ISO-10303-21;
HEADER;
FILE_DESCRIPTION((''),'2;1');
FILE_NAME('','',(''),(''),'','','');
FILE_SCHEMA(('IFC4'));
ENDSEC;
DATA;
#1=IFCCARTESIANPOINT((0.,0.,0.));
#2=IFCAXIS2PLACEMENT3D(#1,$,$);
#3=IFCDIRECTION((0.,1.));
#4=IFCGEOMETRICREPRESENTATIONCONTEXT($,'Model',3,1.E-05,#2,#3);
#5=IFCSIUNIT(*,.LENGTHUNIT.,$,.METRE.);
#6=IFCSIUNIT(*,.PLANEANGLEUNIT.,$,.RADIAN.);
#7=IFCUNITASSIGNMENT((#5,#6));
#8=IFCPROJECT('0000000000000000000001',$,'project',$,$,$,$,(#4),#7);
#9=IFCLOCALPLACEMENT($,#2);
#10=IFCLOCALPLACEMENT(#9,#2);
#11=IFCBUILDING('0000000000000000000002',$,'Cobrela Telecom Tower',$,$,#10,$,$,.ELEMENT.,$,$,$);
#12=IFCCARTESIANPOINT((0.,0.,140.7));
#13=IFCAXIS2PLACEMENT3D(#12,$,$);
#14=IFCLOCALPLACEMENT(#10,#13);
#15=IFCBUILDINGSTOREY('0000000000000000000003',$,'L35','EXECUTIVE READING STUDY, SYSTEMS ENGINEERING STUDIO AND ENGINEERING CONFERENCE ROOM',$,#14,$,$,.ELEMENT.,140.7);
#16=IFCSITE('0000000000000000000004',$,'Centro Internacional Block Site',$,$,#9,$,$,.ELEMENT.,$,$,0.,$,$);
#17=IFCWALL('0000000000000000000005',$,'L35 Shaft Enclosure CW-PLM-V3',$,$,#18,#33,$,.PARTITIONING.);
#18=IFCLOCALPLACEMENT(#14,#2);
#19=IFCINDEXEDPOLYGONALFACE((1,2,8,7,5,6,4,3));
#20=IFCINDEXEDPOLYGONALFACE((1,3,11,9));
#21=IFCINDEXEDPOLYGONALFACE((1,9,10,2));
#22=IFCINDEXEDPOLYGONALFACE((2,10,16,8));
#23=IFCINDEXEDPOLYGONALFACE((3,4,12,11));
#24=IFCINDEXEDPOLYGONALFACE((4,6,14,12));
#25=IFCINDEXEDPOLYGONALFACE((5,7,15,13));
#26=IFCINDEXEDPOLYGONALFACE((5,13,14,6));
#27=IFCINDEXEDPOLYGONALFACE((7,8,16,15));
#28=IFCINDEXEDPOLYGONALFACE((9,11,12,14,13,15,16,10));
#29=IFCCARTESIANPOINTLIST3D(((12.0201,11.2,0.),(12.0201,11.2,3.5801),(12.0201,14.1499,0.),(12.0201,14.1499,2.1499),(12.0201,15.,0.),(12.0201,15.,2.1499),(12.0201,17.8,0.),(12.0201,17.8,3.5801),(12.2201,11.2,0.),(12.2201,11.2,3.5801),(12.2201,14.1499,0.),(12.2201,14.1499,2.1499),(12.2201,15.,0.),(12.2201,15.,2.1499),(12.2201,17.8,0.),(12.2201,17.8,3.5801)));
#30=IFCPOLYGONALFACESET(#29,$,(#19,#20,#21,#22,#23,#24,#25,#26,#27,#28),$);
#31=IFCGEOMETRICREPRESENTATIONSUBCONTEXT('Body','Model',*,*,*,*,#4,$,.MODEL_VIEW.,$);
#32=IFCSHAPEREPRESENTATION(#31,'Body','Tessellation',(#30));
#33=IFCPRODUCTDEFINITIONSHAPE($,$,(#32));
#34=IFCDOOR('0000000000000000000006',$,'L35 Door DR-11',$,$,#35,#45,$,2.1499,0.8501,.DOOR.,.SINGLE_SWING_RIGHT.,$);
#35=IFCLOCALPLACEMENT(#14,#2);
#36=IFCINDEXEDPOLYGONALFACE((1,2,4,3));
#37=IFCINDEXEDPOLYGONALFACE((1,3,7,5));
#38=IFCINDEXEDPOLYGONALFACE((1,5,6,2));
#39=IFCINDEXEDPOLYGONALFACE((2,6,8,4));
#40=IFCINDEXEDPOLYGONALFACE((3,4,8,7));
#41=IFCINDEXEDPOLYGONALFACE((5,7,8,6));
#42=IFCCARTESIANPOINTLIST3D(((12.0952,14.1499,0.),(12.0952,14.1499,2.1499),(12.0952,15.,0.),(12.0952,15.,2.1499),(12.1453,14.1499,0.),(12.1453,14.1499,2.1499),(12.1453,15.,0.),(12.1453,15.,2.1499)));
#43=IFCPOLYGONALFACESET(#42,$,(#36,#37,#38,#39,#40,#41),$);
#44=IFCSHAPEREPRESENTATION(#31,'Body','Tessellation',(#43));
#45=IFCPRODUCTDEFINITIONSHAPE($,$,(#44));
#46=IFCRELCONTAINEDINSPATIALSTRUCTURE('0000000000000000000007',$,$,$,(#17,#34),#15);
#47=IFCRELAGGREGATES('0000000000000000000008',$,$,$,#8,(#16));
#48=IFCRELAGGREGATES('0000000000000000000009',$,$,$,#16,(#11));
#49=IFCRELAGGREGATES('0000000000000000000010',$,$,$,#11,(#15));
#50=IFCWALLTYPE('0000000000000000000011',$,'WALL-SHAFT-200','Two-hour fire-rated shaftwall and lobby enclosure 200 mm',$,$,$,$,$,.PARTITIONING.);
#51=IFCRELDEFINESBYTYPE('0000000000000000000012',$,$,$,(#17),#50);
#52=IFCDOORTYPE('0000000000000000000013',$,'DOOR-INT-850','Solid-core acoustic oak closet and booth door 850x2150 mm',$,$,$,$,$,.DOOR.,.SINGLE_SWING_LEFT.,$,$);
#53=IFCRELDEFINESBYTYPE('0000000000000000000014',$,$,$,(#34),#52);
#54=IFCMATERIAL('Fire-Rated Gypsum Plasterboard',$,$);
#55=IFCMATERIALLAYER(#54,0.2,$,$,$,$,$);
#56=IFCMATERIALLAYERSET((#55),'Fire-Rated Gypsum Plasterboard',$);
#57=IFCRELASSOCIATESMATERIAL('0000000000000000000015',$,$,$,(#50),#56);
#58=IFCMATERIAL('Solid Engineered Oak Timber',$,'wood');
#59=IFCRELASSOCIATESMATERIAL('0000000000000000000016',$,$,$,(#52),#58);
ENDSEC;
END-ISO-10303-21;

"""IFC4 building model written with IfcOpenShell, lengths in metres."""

from ifc_helpers import new_model, si_unit, direction, frame, frame_2d, origin, place, context, subcontext, project, spatial, rectangle, extrude, material, layer, layer_set, type_object, element, fill, save


model = new_model("IFC4")

# Units and contexts
model_context = context("Model", 3, precision=1e-05, world=origin(), true_north=direction((0.0, 1.0)))
body_context = subcontext(model_context, "Body", "Model", "MODEL_VIEW")
ifc_project = project(units=[si_unit("LENGTHUNIT", "METRE"), si_unit("PLANEANGLEUNIT", "RADIAN")], contexts=[model_context])

# Site, building, storey
site_placement = place(None, origin())
site = spatial("IfcSite", under=ifc_project, at=site_placement, Name="Centro Internacional Block Site", CompositionType="ELEMENT", RefElevation=0.0)
building_placement = place(site_placement, origin())
building = spatial("IfcBuilding", under=site, at=building_placement, Name="Cobrela Telecom Tower", CompositionType="ELEMENT")
storey_placement = place(building_placement, frame((0.0, 0.0, 140.7)))
storey = spatial("IfcBuildingStorey", under=building, at=storey_placement, Name="L35", Description="EXECUTIVE READING STUDY, SYSTEMS ENGINEERING STUDIO AND ENGINEERING CONFERENCE ROOM", CompositionType="ELEMENT", Elevation=140.7)

# Shared definitions
ifc_material_1 = material(Name="Fire-Rated Gypsum Plasterboard")

# Shared definitions
ifc_material_2 = material(Name="Solid Engineered Oak Timber", Category="wood")

# Shared definitions
ifc_layer_1 = layer(ifc_material_1, 0.2)
ifc_layer_set_1 = layer_set([ifc_layer_1], Name="Fire-Rated Gypsum Plasterboard")
wall_type_1 = type_object("IfcWallType", Name="WALL-SHAFT-200", Description="Two-hour fire-rated shaftwall and lobby enclosure 200 mm", PredefinedType="PARTITIONING", material=ifc_layer_set_1)

# Wall, opening, door
wall_1_placement = place(storey_placement, frame((12.1201, 11.2, 0.0), z_axis=(0.0, 0.0, 1.0), x_axis=(0.0, 1.0, 0.0)))
wall_1 = element("IfcWall", 1, at=wall_1_placement, inside=storey, type_object=wall_type_1, Name="L35 Shaft Enclosure CW-PLM-V3", PredefinedType="PARTITIONING", context=body_context, shape_type="SweptSolid", body=[
    extrude(rectangle(XDim=6.6001, YDim=0.2, at=frame_2d((3.3, 0.0))), origin(), (0.0, 0.0, 1.0), 3.5801),
])
opening_1_placement = place(wall_1_placement, frame((2.95, 0.0, 0.0)))
opening_1 = element("IfcOpeningElement", 2, at=opening_1_placement, cuts=wall_1, PredefinedType="OPENING", context=body_context, shape_type="SweptSolid", body=[
    extrude(rectangle(XDim=0.8501, YDim=2.1499, at=frame_2d((0.425, 1.075))), frame((0.0, 0.1118, 0.0), z_axis=(0.0, -1.0, 0.0), x_axis=(1.0, 0.0, 0.0)), (0.0, 0.0, 1.0), 0.2239),
])
door_type_1 = type_object("IfcDoorType", Name="DOOR-INT-850", Description="Solid-core acoustic oak closet and booth door 850x2150 mm", OperationType="SINGLE_SWING_LEFT", PredefinedType="DOOR", material=ifc_material_2)
door_1_placement = place(opening_1_placement, origin())
door_1 = element("IfcDoor", 3, at=door_1_placement, inside=storey, type_object=door_type_1, Name="L35 Door DR-11", OperationType="SINGLE_SWING_RIGHT", OverallHeight=2.1499, OverallWidth=0.8501, PredefinedType="DOOR", context=body_context, shape_type="SweptSolid", body=[
    extrude(rectangle(XDim=0.8501, YDim=2.1499, at=frame_2d((0.425, 1.075))), frame((0.0, 0.0249, 0.0), z_axis=(0.0, -1.0, 0.0), x_axis=(1.0, 0.0, 0.0)), (0.0, 0.0, 1.0), 0.05),
])
fill(opening_1, door_1)

save(model, "model.ifc")
